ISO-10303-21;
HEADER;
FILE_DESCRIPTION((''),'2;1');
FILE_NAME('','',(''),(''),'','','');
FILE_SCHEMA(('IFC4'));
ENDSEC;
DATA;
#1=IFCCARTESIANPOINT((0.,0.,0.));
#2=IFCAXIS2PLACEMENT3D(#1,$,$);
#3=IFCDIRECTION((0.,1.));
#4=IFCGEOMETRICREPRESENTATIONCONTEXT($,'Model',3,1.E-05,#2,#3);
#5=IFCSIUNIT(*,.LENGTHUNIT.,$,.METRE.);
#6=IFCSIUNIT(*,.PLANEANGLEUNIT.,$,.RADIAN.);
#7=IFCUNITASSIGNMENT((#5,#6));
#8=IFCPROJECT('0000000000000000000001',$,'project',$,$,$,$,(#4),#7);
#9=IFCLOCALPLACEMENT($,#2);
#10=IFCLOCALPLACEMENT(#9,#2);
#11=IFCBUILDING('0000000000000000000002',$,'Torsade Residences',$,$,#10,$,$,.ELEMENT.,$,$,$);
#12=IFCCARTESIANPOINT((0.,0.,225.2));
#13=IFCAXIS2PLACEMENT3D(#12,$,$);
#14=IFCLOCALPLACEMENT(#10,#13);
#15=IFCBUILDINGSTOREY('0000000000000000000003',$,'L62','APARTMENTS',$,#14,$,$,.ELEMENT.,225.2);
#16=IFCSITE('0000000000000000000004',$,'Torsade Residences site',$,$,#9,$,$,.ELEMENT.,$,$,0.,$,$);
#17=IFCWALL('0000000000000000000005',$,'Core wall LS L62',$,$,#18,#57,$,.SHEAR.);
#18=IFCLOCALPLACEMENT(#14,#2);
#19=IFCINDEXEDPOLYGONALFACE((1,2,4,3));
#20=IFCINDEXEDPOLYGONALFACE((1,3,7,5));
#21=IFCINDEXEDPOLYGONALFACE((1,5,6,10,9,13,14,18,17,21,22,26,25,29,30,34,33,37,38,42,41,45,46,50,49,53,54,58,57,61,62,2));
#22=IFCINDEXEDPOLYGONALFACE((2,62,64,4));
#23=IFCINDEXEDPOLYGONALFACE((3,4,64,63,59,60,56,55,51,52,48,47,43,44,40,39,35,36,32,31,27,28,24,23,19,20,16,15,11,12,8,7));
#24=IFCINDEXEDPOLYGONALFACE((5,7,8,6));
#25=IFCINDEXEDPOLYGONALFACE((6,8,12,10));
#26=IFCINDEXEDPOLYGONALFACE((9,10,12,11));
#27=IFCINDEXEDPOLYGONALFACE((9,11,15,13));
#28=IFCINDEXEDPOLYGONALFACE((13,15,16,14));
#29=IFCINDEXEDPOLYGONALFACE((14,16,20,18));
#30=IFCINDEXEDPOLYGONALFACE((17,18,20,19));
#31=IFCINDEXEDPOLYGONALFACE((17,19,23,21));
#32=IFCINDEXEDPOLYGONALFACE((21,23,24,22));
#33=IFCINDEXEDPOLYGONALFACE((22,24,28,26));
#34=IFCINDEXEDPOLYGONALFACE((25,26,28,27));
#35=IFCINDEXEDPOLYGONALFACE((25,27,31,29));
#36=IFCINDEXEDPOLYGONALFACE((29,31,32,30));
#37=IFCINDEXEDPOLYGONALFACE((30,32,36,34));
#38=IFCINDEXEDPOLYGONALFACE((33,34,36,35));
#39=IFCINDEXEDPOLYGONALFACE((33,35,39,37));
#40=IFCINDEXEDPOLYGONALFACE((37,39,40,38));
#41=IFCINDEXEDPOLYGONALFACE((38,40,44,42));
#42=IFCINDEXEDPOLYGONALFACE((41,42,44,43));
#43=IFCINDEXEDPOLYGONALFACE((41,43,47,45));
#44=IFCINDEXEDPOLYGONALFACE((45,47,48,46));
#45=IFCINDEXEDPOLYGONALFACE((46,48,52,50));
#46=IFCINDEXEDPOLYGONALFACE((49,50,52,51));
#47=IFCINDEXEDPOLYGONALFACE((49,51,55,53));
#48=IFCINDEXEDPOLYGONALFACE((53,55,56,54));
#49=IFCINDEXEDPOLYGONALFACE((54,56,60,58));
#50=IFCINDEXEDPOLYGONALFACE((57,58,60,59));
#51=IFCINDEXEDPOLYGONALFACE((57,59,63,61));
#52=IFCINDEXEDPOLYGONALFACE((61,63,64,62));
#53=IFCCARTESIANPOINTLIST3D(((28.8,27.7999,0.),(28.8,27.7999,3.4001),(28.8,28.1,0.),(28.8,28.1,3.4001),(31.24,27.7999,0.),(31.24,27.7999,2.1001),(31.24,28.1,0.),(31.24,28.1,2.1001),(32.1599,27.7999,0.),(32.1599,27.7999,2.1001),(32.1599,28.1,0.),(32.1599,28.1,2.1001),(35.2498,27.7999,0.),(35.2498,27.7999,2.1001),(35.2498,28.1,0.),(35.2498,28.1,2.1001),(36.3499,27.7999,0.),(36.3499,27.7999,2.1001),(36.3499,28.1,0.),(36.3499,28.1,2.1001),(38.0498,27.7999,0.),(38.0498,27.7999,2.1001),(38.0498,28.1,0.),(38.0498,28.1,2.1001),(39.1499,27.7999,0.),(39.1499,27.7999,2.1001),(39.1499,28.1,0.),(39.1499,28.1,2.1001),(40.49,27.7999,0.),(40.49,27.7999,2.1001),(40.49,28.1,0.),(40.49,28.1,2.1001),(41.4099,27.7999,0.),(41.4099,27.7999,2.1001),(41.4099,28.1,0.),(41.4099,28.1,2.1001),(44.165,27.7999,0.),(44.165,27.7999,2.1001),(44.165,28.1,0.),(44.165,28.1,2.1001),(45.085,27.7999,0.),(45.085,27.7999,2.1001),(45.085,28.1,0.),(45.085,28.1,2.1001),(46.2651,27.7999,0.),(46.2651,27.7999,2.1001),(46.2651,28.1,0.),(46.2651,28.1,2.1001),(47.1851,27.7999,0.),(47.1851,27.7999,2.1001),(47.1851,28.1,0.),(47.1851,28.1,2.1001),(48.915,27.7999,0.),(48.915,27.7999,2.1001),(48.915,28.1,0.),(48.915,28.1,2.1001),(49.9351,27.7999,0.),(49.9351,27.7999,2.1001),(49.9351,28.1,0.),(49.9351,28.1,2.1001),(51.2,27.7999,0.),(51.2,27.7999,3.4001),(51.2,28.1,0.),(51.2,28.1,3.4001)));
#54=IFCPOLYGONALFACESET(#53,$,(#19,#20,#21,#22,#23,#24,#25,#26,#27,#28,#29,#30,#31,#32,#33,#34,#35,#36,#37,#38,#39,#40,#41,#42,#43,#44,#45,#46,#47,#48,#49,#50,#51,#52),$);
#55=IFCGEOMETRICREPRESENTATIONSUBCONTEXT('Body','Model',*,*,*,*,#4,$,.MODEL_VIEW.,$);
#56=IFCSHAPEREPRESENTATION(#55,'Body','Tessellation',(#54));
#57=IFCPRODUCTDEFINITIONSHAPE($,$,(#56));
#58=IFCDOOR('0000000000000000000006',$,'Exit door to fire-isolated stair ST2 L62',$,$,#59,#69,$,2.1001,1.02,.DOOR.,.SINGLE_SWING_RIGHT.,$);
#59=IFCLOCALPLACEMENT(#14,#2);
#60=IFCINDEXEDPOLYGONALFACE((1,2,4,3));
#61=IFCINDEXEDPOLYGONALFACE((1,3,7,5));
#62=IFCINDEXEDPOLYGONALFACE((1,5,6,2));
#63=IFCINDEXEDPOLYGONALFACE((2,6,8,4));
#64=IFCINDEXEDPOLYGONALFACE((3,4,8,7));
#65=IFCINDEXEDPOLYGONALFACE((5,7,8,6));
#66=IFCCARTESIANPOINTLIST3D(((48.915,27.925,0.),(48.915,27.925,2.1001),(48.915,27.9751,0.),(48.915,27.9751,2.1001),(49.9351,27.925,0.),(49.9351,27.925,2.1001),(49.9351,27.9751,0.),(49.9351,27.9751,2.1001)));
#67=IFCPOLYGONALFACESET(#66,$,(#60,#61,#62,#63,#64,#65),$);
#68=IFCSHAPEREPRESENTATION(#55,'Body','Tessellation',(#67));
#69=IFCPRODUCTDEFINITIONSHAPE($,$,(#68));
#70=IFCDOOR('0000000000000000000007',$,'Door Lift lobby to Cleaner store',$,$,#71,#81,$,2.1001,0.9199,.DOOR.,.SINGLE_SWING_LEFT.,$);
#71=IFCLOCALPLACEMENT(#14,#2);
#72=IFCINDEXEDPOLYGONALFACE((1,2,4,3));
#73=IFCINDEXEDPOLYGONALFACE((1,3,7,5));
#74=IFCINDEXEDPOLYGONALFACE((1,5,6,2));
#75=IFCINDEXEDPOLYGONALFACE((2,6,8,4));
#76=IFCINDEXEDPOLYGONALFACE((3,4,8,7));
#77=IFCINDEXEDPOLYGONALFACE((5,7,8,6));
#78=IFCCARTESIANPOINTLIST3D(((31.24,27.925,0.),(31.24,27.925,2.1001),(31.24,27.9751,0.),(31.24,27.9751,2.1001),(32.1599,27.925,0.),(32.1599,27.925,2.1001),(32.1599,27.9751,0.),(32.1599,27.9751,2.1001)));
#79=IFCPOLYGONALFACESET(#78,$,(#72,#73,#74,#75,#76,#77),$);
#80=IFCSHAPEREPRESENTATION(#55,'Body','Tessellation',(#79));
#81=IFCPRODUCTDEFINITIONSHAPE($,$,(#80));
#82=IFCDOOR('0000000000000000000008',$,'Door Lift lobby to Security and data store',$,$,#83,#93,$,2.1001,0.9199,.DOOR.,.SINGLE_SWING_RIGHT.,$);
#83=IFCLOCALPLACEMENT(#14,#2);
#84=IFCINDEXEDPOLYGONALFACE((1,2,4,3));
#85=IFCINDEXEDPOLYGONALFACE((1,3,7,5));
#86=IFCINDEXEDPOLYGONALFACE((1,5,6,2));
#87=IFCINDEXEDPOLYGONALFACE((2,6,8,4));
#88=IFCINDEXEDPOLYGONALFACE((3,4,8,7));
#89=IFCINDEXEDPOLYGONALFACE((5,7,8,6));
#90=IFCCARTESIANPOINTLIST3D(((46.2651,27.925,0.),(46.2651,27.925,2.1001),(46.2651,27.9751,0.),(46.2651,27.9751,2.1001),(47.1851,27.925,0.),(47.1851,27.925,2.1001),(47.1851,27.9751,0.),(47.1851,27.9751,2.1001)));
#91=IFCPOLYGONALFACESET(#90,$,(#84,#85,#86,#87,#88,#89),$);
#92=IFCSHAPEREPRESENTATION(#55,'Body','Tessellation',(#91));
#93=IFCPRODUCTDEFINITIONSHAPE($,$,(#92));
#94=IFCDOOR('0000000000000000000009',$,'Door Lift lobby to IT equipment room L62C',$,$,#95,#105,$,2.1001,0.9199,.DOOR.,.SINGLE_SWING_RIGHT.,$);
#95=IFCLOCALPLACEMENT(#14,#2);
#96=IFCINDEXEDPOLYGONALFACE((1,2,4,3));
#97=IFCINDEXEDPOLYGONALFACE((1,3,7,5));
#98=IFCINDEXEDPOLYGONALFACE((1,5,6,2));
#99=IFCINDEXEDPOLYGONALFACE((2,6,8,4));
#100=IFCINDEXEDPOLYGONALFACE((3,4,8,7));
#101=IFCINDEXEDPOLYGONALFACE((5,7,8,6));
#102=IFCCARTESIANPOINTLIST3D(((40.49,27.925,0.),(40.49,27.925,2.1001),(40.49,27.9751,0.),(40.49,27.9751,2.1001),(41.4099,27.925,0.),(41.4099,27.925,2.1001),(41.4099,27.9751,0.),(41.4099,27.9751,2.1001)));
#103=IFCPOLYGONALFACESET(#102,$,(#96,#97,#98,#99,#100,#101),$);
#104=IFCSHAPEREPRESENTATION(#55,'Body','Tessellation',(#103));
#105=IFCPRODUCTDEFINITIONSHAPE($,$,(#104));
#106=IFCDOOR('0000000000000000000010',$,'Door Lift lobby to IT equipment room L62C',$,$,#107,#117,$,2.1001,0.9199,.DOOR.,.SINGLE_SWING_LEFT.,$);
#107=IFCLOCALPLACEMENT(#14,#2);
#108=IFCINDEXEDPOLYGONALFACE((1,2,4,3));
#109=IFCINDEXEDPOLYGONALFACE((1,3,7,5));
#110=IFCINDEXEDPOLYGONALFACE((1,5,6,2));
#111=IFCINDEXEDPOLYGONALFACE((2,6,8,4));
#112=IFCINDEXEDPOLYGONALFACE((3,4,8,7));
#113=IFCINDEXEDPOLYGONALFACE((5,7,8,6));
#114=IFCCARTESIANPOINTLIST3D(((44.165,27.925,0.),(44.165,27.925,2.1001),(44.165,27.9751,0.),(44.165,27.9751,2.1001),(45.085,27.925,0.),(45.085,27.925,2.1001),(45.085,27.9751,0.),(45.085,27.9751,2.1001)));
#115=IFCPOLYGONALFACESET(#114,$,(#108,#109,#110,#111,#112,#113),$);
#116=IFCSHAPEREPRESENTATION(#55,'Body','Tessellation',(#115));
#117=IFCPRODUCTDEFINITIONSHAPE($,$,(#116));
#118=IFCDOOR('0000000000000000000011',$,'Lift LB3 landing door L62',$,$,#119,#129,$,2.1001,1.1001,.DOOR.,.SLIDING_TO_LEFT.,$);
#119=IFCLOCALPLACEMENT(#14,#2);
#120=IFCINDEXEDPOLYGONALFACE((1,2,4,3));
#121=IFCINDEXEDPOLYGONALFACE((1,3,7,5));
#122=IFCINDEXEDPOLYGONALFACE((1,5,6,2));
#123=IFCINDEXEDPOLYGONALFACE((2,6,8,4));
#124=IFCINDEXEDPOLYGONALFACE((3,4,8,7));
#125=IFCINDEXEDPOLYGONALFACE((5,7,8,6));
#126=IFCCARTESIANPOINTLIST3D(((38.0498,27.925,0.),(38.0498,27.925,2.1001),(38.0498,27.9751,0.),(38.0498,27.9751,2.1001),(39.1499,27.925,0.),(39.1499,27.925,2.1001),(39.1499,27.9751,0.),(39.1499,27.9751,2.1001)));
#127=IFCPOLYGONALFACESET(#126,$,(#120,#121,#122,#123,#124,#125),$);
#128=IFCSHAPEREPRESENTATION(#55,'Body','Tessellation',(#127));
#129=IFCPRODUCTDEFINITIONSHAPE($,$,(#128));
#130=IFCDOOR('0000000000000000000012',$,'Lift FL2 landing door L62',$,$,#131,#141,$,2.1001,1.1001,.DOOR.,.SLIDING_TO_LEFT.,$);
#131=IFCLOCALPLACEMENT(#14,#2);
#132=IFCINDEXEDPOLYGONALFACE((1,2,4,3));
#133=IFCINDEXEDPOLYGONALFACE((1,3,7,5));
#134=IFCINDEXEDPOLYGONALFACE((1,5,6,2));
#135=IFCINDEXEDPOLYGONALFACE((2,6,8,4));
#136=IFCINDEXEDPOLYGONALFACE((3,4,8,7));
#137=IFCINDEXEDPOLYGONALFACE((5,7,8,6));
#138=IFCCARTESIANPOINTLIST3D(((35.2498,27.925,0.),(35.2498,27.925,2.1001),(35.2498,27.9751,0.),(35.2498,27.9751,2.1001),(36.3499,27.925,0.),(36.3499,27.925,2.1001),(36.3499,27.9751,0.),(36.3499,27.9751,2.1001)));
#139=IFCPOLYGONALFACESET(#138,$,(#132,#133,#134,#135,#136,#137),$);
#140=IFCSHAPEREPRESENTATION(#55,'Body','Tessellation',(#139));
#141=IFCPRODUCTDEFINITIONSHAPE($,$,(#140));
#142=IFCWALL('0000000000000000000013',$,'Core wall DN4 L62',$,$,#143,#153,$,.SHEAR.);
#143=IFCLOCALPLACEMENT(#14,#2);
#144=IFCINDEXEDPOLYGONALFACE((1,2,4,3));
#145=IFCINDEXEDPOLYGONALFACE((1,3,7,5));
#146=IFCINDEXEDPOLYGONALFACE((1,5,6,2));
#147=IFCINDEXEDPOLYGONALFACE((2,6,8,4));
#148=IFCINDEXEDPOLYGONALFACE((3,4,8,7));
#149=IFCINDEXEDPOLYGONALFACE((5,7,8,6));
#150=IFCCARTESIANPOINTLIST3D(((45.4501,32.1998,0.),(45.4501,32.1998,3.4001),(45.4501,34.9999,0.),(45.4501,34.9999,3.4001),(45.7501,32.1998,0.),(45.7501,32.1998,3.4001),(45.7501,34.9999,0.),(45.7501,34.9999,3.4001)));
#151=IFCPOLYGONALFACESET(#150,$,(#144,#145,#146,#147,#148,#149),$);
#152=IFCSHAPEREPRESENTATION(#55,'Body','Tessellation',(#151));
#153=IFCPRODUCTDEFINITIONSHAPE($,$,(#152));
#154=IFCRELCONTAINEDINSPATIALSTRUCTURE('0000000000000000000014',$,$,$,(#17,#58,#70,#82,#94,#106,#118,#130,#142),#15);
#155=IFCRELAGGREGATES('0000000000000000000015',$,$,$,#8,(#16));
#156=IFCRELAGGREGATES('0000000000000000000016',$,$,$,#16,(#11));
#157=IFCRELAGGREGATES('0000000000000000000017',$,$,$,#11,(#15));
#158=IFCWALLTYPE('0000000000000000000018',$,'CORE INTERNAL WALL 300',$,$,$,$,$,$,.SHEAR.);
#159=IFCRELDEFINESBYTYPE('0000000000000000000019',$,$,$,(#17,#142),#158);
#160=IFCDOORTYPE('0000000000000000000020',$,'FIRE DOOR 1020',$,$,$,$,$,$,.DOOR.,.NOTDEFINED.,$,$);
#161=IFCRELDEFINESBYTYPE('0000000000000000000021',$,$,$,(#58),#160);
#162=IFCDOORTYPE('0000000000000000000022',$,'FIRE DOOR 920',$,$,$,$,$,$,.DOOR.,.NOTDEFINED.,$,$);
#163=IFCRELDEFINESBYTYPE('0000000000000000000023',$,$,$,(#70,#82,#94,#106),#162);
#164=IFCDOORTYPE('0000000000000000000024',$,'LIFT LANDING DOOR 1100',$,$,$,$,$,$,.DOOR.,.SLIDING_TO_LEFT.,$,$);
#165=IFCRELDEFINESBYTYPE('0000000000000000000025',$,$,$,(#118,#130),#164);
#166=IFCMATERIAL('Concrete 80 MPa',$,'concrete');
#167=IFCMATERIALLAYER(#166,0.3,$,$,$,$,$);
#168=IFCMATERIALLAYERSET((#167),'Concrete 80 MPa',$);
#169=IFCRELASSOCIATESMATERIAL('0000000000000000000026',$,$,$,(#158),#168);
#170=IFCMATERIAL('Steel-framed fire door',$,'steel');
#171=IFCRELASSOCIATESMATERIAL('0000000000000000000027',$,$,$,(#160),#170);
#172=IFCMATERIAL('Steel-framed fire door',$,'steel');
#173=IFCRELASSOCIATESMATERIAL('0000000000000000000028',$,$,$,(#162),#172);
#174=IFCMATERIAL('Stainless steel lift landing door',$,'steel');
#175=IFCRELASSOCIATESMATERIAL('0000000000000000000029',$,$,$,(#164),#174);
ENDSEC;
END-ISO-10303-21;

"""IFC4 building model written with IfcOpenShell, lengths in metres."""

from ifc_helpers import new_model, si_unit, direction, frame, frame_2d, origin, place, context, subcontext, project, spatial, rectangle, extrude, material, layer, layer_set, type_object, element, fill, save


model = new_model("IFC4")

# Units and contexts
model_context = context("Model", 3, precision=1e-05, world=origin(), true_north=direction((0.0, 1.0)))
body_context = subcontext(model_context, "Body", "Model", "MODEL_VIEW")
ifc_project = project(units=[si_unit("LENGTHUNIT", "METRE"), si_unit("PLANEANGLEUNIT", "RADIAN")], contexts=[model_context])

# Site, building, storey
site_placement = place(None, origin())
site = spatial("IfcSite", under=ifc_project, at=site_placement, Name="Torsade Residences site", CompositionType="ELEMENT", RefElevation=0.0)
building_placement = place(site_placement, origin())
building = spatial("IfcBuilding", under=site, at=building_placement, Name="Torsade Residences", CompositionType="ELEMENT")
storey_placement = place(building_placement, frame((0.0, 0.0, 225.2)))
storey = spatial("IfcBuildingStorey", under=building, at=storey_placement, Name="L62", Description="APARTMENTS", CompositionType="ELEMENT", Elevation=225.2)

# Wall, openings, doors
ifc_material_1 = material(Name="Concrete 80 MPa", Category="concrete")
ifc_layer_1 = layer(ifc_material_1, 0.3)
ifc_layer_set_1 = layer_set([ifc_layer_1], Name="Concrete 80 MPa")
wall_type_1 = type_object("IfcWallType", Name="CORE INTERNAL WALL 300", PredefinedType="SHEAR", material=ifc_layer_set_1)
wall_1_placement = place(storey_placement, frame((51.2, 27.95, 0.0), z_axis=(0.0, 0.0, 1.0), x_axis=(-1.0, 0.0, 0.0)))
wall_1 = element("IfcWall", 1, at=wall_1_placement, inside=storey, type_object=wall_type_1, Name="Core wall LS L62", PredefinedType="SHEAR", context=body_context, shape_type="SweptSolid", body=[
    extrude(rectangle(XDim=22.3999, YDim=0.3, at=frame_2d((11.2, 0.0))), origin(), (0.0, 0.0, 1.0), 3.4001),
])
opening_1_placement = place(wall_1_placement, frame((19.04, 0.0, 0.0)))
opening_1 = element("IfcOpeningElement", 2, at=opening_1_placement, cuts=wall_1, PredefinedType="OPENING", context=body_context, shape_type="SweptSolid", body=[
    extrude(rectangle(XDim=0.9199, YDim=2.1001, at=frame_2d((0.46, 1.05))), frame((0.0, 0.1599, 0.0), z_axis=(0.0, -1.0, 0.0), x_axis=(1.0, 0.0, 0.0)), (0.0, 0.0, 1.0), 0.3201),
])
opening_2_placement = place(wall_1_placement, frame((1.2649, 0.0, 0.0)))
opening_2 = element("IfcOpeningElement", 3, at=opening_2_placement, cuts=wall_1, PredefinedType="OPENING", context=body_context, shape_type="SweptSolid", body=[
    extrude(rectangle(XDim=1.02, YDim=2.1001, at=frame_2d((0.51, 1.05))), frame((0.0, 0.1599, 0.0), z_axis=(0.0, -1.0, 0.0), x_axis=(1.0, 0.0, 0.0)), (0.0, 0.0, 1.0), 0.3201),
])
opening_3_placement = place(wall_1_placement, frame((4.0149, 0.0, 0.0)))
opening_3 = element("IfcOpeningElement", 4, at=opening_3_placement, cuts=wall_1, PredefinedType="OPENING", context=body_context, shape_type="SweptSolid", body=[
    extrude(rectangle(XDim=0.9199, YDim=2.1001, at=frame_2d((0.46, 1.05))), frame((0.0, 0.1599, 0.0), z_axis=(0.0, -1.0, 0.0), x_axis=(1.0, 0.0, 0.0)), (0.0, 0.0, 1.0), 0.3201),
])
opening_4_placement = place(wall_1_placement, frame((9.79, 0.0, 0.0)))
opening_4 = element("IfcOpeningElement", 5, at=opening_4_placement, cuts=wall_1, PredefinedType="OPENING", context=body_context, shape_type="SweptSolid", body=[
    extrude(rectangle(XDim=0.9199, YDim=2.1001, at=frame_2d((0.46, 1.05))), frame((0.0, 0.1599, 0.0), z_axis=(0.0, -1.0, 0.0), x_axis=(1.0, 0.0, 0.0)), (0.0, 0.0, 1.0), 0.3201),
])
opening_5_placement = place(wall_1_placement, frame((6.115, 0.0, 0.0)))
opening_5 = element("IfcOpeningElement", 6, at=opening_5_placement, cuts=wall_1, PredefinedType="OPENING", context=body_context, shape_type="SweptSolid", body=[
    extrude(rectangle(XDim=0.9199, YDim=2.1001, at=frame_2d((0.46, 1.05))), frame((0.0, 0.1599, 0.0), z_axis=(0.0, -1.0, 0.0), x_axis=(1.0, 0.0, 0.0)), (0.0, 0.0, 1.0), 0.3201),
])
opening_6_placement = place(wall_1_placement, frame((12.05, 0.0, 0.0)))
opening_6 = element("IfcOpeningElement", 7, at=opening_6_placement, cuts=wall_1, PredefinedType="OPENING", context=body_context, shape_type="SweptSolid", body=[
    extrude(rectangle(XDim=1.1001, YDim=2.1001, at=frame_2d((0.55, 1.05))), frame((0.0, 0.1599, 0.0), z_axis=(0.0, -1.0, 0.0), x_axis=(1.0, 0.0, 0.0)), (0.0, 0.0, 1.0), 0.3201),
])
opening_7_placement = place(wall_1_placement, frame((14.8501, 0.0, 0.0)))
opening_7 = element("IfcOpeningElement", 8, at=opening_7_placement, cuts=wall_1, PredefinedType="OPENING", context=body_context, shape_type="SweptSolid", body=[
    extrude(rectangle(XDim=1.1001, YDim=2.1001, at=frame_2d((0.55, 1.05))), frame((0.0, 0.1599, 0.0), z_axis=(0.0, -1.0, 0.0), x_axis=(1.0, 0.0, 0.0)), (0.0, 0.0, 1.0), 0.3201),
])
ifc_material_2 = material(Name="Steel-framed fire door", Category="steel")
door_type_1 = type_object("IfcDoorType", Name="FIRE DOOR 1020", OperationType="NOTDEFINED", PredefinedType="DOOR", material=ifc_material_2)
door_1_placement = place(opening_2_placement, origin())
door_1 = element("IfcDoor", 9, at=door_1_placement, inside=storey, type_object=door_type_1, Name="Exit door to fire-isolated stair ST2 L62", OperationType="SINGLE_SWING_RIGHT", OverallHeight=2.1001, OverallWidth=1.02, PredefinedType="DOOR", context=body_context, shape_type="SweptSolid", body=[
    extrude(rectangle(XDim=1.02, YDim=2.1001, at=frame_2d((0.51, 1.05))), frame((0.0, 0.0249, 0.0), z_axis=(0.0, -1.0, 0.0), x_axis=(1.0, 0.0, 0.0)), (0.0, 0.0, 1.0), 0.05),
])
fill(opening_2, door_1)
ifc_material_3 = material(Name="Steel-framed fire door", Category="steel")
door_type_2 = type_object("IfcDoorType", Name="FIRE DOOR 920", OperationType="NOTDEFINED", PredefinedType="DOOR", material=ifc_material_3)
door_2_placement = place(opening_1_placement, origin())
door_2 = element("IfcDoor", 10, at=door_2_placement, inside=storey, type_object=door_type_2, Name="Door Lift lobby to Cleaner store", OperationType="SINGLE_SWING_LEFT", OverallHeight=2.1001, OverallWidth=0.9199, PredefinedType="DOOR", context=body_context, shape_type="SweptSolid", body=[
    extrude(rectangle(XDim=0.9199, YDim=2.1001, at=frame_2d((0.46, 1.05))), frame((0.0, 0.0249, 0.0), z_axis=(0.0, -1.0, 0.0), x_axis=(1.0, 0.0, 0.0)), (0.0, 0.0, 1.0), 0.05),
])
fill(opening_1, door_2)
door_3_placement = place(opening_3_placement, origin())
door_3 = element("IfcDoor", 11, at=door_3_placement, inside=storey, type_object=door_type_2, Name="Door Lift lobby to Security and data store", OperationType="SINGLE_SWING_RIGHT", OverallHeight=2.1001, OverallWidth=0.9199, PredefinedType="DOOR", context=body_context, shape_type="SweptSolid", body=[
    extrude(rectangle(XDim=0.9199, YDim=2.1001, at=frame_2d((0.46, 1.05))), frame((0.0, 0.0249, 0.0), z_axis=(0.0, -1.0, 0.0), x_axis=(1.0, 0.0, 0.0)), (0.0, 0.0, 1.0), 0.05),
])
fill(opening_3, door_3)
door_4_placement = place(opening_4_placement, origin())
door_4 = element("IfcDoor", 12, at=door_4_placement, inside=storey, type_object=door_type_2, Name="Door Lift lobby to IT equipment room L62C", OperationType="SINGLE_SWING_RIGHT", OverallHeight=2.1001, OverallWidth=0.9199, PredefinedType="DOOR", context=body_context, shape_type="SweptSolid", body=[
    extrude(rectangle(XDim=0.9199, YDim=2.1001, at=frame_2d((0.46, 1.05))), frame((0.0, 0.0249, 0.0), z_axis=(0.0, -1.0, 0.0), x_axis=(1.0, 0.0, 0.0)), (0.0, 0.0, 1.0), 0.05),
])
fill(opening_4, door_4)
door_5_placement = place(opening_5_placement, origin())
door_5 = element("IfcDoor", 13, at=door_5_placement, inside=storey, type_object=door_type_2, Name="Door Lift lobby to IT equipment room L62C", OperationType="SINGLE_SWING_LEFT", OverallHeight=2.1001, OverallWidth=0.9199, PredefinedType="DOOR", context=body_context, shape_type="SweptSolid", body=[
    extrude(rectangle(XDim=0.9199, YDim=2.1001, at=frame_2d((0.46, 1.05))), frame((0.0, 0.0249, 0.0), z_axis=(0.0, -1.0, 0.0), x_axis=(1.0, 0.0, 0.0)), (0.0, 0.0, 1.0), 0.05),
])
fill(opening_5, door_5)
ifc_material_4 = material(Name="Stainless steel lift landing door", Category="steel")
door_type_3 = type_object("IfcDoorType", Name="LIFT LANDING DOOR 1100", OperationType="SLIDING_TO_LEFT", PredefinedType="DOOR", material=ifc_material_4)
door_6_placement = place(opening_6_placement, origin())
door_6 = element("IfcDoor", 14, at=door_6_placement, inside=storey, type_object=door_type_3, Name="Lift LB3 landing door L62", OperationType="SLIDING_TO_LEFT", OverallHeight=2.1001, OverallWidth=1.1001, PredefinedType="DOOR", context=body_context, shape_type="SweptSolid", body=[
    extrude(rectangle(XDim=1.1001, YDim=2.1001, at=frame_2d((0.55, 1.05))), frame((0.0, 0.0249, 0.0), z_axis=(0.0, -1.0, 0.0), x_axis=(1.0, 0.0, 0.0)), (0.0, 0.0, 1.0), 0.05),
])
fill(opening_6, door_6)
door_7_placement = place(opening_7_placement, origin())
door_7 = element("IfcDoor", 15, at=door_7_placement, inside=storey, type_object=door_type_3, Name="Lift FL2 landing door L62", OperationType="SLIDING_TO_LEFT", OverallHeight=2.1001, OverallWidth=1.1001, PredefinedType="DOOR", context=body_context, shape_type="SweptSolid", body=[
    extrude(rectangle(XDim=1.1001, YDim=2.1001, at=frame_2d((0.55, 1.05))), frame((0.0, 0.0249, 0.0), z_axis=(0.0, -1.0, 0.0), x_axis=(1.0, 0.0, 0.0)), (0.0, 0.0, 1.0), 0.05),
])
fill(opening_7, door_7)

# Wall
wall_2_placement = place(storey_placement, frame((45.6001, 32.2, 0.0), z_axis=(0.0, 0.0, 1.0), x_axis=(0.0, 1.0, 0.0)))
element("IfcWall", 16, at=wall_2_placement, inside=storey, type_object=wall_type_1, Name="Core wall DN4 L62", PredefinedType="SHEAR", context=body_context, shape_type="SweptSolid", body=[
    extrude(rectangle(XDim=2.8, YDim=0.3, at=frame_2d((1.3999, 0.0))), origin(), (0.0, 0.0, 1.0), 3.4001),
])

save(model, "model.ifc")
